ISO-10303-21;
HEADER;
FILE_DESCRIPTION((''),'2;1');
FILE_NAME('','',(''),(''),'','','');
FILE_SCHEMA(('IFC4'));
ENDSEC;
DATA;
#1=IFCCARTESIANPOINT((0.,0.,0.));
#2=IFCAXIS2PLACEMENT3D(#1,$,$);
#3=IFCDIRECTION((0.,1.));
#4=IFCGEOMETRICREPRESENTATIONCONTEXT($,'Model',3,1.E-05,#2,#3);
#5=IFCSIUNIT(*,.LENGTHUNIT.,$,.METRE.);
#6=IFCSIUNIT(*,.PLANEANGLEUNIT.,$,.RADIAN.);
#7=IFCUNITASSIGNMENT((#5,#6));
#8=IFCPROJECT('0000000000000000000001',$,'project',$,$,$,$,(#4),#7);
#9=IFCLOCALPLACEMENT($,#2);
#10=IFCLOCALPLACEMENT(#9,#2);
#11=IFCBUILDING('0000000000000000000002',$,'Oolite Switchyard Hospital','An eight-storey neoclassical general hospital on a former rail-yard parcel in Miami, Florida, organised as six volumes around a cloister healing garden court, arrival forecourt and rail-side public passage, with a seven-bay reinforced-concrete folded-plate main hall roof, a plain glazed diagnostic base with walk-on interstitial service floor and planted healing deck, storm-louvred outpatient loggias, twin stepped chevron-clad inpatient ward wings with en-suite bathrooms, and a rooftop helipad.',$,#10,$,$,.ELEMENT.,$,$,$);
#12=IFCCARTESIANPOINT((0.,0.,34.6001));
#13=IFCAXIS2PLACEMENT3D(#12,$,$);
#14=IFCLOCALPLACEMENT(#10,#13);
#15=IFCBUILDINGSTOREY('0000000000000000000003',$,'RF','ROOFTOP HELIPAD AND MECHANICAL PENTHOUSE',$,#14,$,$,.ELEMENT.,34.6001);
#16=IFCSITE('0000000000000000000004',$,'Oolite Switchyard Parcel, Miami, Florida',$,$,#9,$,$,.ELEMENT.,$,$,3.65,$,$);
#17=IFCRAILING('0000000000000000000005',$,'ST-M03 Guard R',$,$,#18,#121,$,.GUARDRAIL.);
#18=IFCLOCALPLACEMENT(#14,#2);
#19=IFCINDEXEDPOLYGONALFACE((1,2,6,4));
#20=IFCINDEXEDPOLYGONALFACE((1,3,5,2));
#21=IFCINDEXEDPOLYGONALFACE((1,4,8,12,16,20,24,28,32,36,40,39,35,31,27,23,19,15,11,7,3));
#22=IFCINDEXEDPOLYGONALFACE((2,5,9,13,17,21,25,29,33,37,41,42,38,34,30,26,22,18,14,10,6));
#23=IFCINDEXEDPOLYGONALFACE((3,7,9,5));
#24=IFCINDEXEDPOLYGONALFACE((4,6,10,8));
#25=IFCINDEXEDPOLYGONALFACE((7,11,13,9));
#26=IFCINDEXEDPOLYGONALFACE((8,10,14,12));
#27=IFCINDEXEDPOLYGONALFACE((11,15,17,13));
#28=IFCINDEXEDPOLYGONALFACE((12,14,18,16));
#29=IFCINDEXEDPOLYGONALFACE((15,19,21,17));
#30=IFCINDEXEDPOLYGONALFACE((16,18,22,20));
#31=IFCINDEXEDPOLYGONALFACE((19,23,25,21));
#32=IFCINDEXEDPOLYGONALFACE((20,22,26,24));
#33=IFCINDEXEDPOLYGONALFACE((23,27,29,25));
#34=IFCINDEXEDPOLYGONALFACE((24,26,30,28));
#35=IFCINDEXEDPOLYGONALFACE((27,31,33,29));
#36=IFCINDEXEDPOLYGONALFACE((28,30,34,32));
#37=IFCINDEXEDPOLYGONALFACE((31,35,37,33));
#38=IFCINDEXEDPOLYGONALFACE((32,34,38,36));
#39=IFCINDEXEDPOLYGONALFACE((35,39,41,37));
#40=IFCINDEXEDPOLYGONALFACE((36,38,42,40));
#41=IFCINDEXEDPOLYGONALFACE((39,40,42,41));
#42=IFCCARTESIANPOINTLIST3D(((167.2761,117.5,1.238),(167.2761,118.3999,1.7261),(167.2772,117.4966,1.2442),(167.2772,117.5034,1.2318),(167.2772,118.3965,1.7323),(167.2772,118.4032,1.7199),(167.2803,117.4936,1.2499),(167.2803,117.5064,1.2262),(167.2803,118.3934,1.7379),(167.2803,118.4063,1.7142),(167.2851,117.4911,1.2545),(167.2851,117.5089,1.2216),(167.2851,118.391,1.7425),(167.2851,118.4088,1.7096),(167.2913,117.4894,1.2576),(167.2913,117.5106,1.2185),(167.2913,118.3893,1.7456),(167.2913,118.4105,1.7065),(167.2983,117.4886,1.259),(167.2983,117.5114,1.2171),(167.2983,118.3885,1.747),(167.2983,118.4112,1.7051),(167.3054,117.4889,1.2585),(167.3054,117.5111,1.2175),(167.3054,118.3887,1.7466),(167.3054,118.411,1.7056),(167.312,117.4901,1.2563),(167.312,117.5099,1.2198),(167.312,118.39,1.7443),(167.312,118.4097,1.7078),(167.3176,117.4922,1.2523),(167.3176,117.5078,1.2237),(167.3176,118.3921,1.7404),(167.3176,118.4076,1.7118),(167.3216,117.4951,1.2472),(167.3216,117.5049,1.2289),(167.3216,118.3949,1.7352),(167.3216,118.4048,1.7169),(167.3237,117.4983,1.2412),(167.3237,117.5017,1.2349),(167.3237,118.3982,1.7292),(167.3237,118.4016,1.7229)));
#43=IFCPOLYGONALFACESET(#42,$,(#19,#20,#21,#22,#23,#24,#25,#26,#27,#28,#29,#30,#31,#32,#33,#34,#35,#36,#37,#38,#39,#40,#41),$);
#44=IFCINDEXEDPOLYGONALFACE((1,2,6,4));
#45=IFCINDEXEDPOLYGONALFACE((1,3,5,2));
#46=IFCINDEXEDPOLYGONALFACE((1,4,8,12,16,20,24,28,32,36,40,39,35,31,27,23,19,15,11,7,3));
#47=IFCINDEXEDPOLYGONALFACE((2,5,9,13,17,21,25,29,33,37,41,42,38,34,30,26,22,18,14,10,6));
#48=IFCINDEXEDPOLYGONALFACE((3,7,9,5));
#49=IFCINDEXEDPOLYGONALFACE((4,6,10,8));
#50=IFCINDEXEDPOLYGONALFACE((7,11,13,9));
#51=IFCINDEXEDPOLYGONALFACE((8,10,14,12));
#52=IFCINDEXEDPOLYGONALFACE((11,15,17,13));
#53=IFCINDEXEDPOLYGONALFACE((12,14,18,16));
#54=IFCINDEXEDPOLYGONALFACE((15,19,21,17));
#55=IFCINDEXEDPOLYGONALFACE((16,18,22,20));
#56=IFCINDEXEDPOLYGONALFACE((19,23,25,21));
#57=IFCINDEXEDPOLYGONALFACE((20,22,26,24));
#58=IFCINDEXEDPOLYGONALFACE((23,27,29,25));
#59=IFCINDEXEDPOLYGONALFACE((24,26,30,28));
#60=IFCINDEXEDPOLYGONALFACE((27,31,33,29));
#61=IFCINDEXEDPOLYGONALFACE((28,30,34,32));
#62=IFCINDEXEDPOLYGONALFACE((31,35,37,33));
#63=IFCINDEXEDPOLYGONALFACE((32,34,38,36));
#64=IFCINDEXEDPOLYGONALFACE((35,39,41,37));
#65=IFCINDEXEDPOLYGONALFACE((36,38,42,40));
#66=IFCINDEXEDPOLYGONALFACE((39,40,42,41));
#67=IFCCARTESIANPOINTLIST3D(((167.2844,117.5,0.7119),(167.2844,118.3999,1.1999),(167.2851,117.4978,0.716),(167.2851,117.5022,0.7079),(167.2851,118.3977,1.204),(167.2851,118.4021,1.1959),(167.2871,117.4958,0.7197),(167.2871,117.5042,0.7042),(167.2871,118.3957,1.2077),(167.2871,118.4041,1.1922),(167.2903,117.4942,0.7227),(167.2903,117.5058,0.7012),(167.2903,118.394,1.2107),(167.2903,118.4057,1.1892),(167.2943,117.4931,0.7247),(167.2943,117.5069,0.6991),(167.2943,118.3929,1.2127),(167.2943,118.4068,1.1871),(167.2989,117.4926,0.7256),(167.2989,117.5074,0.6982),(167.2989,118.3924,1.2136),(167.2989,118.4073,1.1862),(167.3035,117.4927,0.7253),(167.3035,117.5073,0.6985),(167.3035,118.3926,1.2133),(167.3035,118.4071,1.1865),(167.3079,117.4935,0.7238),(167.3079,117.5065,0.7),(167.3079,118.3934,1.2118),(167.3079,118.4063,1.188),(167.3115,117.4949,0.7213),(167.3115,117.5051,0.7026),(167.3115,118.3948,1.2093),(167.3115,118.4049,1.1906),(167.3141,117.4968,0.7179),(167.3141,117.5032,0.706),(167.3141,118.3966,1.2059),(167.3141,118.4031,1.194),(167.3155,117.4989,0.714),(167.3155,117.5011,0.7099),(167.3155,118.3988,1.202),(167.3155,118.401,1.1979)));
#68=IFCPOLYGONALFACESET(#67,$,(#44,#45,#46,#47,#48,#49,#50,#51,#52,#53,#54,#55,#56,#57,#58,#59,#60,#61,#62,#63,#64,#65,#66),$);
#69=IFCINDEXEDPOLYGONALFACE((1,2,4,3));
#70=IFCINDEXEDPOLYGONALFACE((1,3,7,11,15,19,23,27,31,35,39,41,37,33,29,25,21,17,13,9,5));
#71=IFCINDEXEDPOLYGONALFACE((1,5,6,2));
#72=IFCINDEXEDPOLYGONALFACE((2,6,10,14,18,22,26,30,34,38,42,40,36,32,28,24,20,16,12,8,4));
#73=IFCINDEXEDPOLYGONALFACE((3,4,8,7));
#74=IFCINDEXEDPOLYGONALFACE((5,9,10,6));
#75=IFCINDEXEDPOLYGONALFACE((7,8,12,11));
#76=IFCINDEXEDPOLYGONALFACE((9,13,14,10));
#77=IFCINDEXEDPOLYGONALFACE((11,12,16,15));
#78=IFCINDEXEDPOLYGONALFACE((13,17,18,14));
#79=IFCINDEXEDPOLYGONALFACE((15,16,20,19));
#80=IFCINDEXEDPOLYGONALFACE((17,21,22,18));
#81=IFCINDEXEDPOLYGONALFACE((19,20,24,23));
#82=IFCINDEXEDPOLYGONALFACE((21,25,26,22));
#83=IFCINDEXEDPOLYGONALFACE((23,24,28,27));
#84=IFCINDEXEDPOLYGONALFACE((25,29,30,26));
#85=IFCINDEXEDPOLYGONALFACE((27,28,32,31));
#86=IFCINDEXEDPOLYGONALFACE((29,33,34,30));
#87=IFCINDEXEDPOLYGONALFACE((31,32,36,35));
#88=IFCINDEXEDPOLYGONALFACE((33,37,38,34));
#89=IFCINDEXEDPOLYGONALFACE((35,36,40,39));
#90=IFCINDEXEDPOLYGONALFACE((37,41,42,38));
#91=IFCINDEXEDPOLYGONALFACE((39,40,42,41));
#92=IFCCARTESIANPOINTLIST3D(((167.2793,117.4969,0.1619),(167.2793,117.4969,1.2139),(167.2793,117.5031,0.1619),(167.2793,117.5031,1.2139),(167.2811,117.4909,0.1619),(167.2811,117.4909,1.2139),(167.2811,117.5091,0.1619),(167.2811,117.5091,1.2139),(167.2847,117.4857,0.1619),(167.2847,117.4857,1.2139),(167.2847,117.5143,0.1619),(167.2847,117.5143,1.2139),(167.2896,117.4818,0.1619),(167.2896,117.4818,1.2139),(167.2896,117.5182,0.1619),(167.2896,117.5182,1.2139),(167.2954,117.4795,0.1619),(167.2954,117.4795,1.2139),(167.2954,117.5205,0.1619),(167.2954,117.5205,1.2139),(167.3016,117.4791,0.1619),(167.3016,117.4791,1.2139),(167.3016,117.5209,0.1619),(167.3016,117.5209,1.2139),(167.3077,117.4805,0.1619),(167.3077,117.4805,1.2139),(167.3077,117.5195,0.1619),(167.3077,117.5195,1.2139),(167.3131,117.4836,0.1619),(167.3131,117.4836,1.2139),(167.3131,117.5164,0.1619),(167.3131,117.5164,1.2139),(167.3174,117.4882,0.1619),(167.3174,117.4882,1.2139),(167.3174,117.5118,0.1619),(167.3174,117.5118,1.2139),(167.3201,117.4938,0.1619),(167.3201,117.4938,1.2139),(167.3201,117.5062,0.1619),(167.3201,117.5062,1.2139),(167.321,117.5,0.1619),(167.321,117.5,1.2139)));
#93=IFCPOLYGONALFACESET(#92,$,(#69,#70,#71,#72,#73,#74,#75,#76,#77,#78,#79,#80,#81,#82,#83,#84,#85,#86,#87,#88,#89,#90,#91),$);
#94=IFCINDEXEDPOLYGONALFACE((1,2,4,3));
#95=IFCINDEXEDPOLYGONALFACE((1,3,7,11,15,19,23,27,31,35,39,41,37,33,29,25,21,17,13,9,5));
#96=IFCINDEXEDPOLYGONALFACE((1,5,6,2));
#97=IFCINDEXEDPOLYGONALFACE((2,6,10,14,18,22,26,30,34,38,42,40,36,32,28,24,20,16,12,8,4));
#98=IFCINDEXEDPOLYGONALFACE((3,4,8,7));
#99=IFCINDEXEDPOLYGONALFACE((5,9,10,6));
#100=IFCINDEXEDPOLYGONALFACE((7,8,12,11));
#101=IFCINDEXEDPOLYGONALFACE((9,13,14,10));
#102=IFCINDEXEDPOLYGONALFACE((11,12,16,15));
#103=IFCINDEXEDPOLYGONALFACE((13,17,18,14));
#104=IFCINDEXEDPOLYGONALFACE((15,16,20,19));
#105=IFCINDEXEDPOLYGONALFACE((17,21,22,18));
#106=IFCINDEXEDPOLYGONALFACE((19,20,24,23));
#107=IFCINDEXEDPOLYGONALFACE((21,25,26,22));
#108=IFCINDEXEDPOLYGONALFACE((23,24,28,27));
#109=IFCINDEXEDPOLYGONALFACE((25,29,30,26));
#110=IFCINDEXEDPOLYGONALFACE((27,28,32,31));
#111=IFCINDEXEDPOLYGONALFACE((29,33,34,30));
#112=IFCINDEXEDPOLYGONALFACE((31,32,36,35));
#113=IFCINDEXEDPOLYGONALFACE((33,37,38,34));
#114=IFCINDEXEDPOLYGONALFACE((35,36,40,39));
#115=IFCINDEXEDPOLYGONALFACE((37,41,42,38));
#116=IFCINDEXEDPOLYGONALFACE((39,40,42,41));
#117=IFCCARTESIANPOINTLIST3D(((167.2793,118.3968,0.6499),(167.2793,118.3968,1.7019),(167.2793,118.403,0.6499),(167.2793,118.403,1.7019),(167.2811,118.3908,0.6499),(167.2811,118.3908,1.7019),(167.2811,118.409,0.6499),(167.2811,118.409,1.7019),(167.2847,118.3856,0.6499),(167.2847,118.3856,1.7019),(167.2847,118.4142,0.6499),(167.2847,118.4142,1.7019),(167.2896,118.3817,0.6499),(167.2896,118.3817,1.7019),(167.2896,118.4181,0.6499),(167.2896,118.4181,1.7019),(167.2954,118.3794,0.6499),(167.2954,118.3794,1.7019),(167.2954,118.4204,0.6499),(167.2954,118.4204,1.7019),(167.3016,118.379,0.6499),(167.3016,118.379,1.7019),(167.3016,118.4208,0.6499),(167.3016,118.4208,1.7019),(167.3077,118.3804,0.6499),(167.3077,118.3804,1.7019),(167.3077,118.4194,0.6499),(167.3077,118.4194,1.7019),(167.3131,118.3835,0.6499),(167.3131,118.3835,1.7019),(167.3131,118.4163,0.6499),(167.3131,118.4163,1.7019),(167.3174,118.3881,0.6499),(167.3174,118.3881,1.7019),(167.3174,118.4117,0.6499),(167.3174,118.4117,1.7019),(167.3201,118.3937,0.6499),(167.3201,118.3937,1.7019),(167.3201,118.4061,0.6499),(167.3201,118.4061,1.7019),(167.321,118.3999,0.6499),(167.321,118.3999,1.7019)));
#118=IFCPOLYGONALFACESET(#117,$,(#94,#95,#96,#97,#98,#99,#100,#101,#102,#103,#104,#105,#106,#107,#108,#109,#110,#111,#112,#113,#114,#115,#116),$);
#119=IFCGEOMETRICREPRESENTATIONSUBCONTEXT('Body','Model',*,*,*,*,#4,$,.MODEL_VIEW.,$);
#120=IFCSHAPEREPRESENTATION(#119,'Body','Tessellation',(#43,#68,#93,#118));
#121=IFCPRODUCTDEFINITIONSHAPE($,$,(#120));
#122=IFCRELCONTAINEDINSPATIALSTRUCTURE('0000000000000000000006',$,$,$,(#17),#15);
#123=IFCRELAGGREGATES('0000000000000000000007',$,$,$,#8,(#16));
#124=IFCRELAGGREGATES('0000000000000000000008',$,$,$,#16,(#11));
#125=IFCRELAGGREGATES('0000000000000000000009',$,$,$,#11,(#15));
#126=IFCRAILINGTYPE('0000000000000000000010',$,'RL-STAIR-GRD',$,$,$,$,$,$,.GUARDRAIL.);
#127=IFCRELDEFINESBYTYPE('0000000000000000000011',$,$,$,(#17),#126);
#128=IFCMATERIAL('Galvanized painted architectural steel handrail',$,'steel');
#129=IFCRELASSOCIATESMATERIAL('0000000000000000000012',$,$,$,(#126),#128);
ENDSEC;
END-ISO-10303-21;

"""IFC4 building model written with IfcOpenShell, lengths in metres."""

from ifc_helpers import new_model, si_unit, direction, frame, origin, origin_2d, place, context, subcontext, project, spatial, circle, extrude, material, type_object, element, save


model = new_model("IFC4")

# Units and contexts
model_context = context("Model", 3, precision=1e-05, world=origin(), true_north=direction((0.0, 1.0)))
body_context = subcontext(model_context, "Body", "Model", "MODEL_VIEW")
ifc_project = project(units=[si_unit("LENGTHUNIT", "METRE"), si_unit("PLANEANGLEUNIT", "RADIAN")], contexts=[model_context])

# Site, building, storey
site_placement = place(None, origin())
site = spatial("IfcSite", under=ifc_project, at=site_placement, Name="Oolite Switchyard Parcel, Miami, Florida", CompositionType="ELEMENT", RefElevation=3.65)
building_placement = place(site_placement, origin())
building = spatial("IfcBuilding", under=site, at=building_placement, Name="Oolite Switchyard Hospital", Description="An eight-storey neoclassical general hospital on a former rail-yard parcel in Miami, Florida, organised as six volumes around a cloister healing garden court, arrival forecourt and rail-side public passage, with a seven-bay reinforced-concrete folded-plate main hall roof, a plain glazed diagnostic base with walk-on interstitial service floor and planted healing deck, storm-louvred outpatient loggias, twin stepped chevron-clad inpatient ward wings with en-suite bathrooms, and a rooftop helipad.", CompositionType="ELEMENT")
storey_placement = place(building_placement, frame((0.0, 0.0, 34.6001)))
storey = spatial("IfcBuildingStorey", under=building, at=storey_placement, Name="RF", Description="ROOFTOP HELIPAD AND MECHANICAL PENTHOUSE", CompositionType="ELEMENT", Elevation=34.6001)

# Railing
ifc_material_1 = material(Name="Galvanized painted architectural steel handrail", Category="steel")
railing_type_1 = type_object("IfcRailingType", Name="RL-STAIR-GRD", PredefinedType="GUARDRAIL", material=ifc_material_1)
for number, where, name in (
    (1, (167.3, 117.5, 0.1619), "ST-M03 Guard R"),
):
    element("IfcRailing", number, at=place(storey_placement, frame(where)), inside=storey, type_object=railing_type_1, Name=name, PredefinedType="GUARDRAIL", context=body_context, shape_type="SweptSolid", body=[
        extrude(circle(Radius=0.0239, at=origin_2d()), frame((0.0, 0.0, 1.0762), z_axis=(0.0, 0.87905, 0.476729), x_axis=(-1.0, 0.0, 0.0)), (0.0, 0.0, 1.0), 1.0237),
        extrude(circle(Radius=0.0156, at=origin_2d()), frame((0.0, 0.0, 0.55), z_axis=(0.0, 0.87905, 0.476729), x_axis=(-1.0, 0.0, 0.0)), (0.0, 0.0, 1.0), 1.0237),
        extrude(circle(Radius=0.021, at=origin_2d()), origin(), (0.0, 0.0, 1.0), 1.052),
        extrude(circle(Radius=0.021, at=origin_2d()), frame((0.0, 0.8999, 0.488)), (0.0, 0.0, 1.0), 1.052),
    ])

save(model, "model.ifc")
